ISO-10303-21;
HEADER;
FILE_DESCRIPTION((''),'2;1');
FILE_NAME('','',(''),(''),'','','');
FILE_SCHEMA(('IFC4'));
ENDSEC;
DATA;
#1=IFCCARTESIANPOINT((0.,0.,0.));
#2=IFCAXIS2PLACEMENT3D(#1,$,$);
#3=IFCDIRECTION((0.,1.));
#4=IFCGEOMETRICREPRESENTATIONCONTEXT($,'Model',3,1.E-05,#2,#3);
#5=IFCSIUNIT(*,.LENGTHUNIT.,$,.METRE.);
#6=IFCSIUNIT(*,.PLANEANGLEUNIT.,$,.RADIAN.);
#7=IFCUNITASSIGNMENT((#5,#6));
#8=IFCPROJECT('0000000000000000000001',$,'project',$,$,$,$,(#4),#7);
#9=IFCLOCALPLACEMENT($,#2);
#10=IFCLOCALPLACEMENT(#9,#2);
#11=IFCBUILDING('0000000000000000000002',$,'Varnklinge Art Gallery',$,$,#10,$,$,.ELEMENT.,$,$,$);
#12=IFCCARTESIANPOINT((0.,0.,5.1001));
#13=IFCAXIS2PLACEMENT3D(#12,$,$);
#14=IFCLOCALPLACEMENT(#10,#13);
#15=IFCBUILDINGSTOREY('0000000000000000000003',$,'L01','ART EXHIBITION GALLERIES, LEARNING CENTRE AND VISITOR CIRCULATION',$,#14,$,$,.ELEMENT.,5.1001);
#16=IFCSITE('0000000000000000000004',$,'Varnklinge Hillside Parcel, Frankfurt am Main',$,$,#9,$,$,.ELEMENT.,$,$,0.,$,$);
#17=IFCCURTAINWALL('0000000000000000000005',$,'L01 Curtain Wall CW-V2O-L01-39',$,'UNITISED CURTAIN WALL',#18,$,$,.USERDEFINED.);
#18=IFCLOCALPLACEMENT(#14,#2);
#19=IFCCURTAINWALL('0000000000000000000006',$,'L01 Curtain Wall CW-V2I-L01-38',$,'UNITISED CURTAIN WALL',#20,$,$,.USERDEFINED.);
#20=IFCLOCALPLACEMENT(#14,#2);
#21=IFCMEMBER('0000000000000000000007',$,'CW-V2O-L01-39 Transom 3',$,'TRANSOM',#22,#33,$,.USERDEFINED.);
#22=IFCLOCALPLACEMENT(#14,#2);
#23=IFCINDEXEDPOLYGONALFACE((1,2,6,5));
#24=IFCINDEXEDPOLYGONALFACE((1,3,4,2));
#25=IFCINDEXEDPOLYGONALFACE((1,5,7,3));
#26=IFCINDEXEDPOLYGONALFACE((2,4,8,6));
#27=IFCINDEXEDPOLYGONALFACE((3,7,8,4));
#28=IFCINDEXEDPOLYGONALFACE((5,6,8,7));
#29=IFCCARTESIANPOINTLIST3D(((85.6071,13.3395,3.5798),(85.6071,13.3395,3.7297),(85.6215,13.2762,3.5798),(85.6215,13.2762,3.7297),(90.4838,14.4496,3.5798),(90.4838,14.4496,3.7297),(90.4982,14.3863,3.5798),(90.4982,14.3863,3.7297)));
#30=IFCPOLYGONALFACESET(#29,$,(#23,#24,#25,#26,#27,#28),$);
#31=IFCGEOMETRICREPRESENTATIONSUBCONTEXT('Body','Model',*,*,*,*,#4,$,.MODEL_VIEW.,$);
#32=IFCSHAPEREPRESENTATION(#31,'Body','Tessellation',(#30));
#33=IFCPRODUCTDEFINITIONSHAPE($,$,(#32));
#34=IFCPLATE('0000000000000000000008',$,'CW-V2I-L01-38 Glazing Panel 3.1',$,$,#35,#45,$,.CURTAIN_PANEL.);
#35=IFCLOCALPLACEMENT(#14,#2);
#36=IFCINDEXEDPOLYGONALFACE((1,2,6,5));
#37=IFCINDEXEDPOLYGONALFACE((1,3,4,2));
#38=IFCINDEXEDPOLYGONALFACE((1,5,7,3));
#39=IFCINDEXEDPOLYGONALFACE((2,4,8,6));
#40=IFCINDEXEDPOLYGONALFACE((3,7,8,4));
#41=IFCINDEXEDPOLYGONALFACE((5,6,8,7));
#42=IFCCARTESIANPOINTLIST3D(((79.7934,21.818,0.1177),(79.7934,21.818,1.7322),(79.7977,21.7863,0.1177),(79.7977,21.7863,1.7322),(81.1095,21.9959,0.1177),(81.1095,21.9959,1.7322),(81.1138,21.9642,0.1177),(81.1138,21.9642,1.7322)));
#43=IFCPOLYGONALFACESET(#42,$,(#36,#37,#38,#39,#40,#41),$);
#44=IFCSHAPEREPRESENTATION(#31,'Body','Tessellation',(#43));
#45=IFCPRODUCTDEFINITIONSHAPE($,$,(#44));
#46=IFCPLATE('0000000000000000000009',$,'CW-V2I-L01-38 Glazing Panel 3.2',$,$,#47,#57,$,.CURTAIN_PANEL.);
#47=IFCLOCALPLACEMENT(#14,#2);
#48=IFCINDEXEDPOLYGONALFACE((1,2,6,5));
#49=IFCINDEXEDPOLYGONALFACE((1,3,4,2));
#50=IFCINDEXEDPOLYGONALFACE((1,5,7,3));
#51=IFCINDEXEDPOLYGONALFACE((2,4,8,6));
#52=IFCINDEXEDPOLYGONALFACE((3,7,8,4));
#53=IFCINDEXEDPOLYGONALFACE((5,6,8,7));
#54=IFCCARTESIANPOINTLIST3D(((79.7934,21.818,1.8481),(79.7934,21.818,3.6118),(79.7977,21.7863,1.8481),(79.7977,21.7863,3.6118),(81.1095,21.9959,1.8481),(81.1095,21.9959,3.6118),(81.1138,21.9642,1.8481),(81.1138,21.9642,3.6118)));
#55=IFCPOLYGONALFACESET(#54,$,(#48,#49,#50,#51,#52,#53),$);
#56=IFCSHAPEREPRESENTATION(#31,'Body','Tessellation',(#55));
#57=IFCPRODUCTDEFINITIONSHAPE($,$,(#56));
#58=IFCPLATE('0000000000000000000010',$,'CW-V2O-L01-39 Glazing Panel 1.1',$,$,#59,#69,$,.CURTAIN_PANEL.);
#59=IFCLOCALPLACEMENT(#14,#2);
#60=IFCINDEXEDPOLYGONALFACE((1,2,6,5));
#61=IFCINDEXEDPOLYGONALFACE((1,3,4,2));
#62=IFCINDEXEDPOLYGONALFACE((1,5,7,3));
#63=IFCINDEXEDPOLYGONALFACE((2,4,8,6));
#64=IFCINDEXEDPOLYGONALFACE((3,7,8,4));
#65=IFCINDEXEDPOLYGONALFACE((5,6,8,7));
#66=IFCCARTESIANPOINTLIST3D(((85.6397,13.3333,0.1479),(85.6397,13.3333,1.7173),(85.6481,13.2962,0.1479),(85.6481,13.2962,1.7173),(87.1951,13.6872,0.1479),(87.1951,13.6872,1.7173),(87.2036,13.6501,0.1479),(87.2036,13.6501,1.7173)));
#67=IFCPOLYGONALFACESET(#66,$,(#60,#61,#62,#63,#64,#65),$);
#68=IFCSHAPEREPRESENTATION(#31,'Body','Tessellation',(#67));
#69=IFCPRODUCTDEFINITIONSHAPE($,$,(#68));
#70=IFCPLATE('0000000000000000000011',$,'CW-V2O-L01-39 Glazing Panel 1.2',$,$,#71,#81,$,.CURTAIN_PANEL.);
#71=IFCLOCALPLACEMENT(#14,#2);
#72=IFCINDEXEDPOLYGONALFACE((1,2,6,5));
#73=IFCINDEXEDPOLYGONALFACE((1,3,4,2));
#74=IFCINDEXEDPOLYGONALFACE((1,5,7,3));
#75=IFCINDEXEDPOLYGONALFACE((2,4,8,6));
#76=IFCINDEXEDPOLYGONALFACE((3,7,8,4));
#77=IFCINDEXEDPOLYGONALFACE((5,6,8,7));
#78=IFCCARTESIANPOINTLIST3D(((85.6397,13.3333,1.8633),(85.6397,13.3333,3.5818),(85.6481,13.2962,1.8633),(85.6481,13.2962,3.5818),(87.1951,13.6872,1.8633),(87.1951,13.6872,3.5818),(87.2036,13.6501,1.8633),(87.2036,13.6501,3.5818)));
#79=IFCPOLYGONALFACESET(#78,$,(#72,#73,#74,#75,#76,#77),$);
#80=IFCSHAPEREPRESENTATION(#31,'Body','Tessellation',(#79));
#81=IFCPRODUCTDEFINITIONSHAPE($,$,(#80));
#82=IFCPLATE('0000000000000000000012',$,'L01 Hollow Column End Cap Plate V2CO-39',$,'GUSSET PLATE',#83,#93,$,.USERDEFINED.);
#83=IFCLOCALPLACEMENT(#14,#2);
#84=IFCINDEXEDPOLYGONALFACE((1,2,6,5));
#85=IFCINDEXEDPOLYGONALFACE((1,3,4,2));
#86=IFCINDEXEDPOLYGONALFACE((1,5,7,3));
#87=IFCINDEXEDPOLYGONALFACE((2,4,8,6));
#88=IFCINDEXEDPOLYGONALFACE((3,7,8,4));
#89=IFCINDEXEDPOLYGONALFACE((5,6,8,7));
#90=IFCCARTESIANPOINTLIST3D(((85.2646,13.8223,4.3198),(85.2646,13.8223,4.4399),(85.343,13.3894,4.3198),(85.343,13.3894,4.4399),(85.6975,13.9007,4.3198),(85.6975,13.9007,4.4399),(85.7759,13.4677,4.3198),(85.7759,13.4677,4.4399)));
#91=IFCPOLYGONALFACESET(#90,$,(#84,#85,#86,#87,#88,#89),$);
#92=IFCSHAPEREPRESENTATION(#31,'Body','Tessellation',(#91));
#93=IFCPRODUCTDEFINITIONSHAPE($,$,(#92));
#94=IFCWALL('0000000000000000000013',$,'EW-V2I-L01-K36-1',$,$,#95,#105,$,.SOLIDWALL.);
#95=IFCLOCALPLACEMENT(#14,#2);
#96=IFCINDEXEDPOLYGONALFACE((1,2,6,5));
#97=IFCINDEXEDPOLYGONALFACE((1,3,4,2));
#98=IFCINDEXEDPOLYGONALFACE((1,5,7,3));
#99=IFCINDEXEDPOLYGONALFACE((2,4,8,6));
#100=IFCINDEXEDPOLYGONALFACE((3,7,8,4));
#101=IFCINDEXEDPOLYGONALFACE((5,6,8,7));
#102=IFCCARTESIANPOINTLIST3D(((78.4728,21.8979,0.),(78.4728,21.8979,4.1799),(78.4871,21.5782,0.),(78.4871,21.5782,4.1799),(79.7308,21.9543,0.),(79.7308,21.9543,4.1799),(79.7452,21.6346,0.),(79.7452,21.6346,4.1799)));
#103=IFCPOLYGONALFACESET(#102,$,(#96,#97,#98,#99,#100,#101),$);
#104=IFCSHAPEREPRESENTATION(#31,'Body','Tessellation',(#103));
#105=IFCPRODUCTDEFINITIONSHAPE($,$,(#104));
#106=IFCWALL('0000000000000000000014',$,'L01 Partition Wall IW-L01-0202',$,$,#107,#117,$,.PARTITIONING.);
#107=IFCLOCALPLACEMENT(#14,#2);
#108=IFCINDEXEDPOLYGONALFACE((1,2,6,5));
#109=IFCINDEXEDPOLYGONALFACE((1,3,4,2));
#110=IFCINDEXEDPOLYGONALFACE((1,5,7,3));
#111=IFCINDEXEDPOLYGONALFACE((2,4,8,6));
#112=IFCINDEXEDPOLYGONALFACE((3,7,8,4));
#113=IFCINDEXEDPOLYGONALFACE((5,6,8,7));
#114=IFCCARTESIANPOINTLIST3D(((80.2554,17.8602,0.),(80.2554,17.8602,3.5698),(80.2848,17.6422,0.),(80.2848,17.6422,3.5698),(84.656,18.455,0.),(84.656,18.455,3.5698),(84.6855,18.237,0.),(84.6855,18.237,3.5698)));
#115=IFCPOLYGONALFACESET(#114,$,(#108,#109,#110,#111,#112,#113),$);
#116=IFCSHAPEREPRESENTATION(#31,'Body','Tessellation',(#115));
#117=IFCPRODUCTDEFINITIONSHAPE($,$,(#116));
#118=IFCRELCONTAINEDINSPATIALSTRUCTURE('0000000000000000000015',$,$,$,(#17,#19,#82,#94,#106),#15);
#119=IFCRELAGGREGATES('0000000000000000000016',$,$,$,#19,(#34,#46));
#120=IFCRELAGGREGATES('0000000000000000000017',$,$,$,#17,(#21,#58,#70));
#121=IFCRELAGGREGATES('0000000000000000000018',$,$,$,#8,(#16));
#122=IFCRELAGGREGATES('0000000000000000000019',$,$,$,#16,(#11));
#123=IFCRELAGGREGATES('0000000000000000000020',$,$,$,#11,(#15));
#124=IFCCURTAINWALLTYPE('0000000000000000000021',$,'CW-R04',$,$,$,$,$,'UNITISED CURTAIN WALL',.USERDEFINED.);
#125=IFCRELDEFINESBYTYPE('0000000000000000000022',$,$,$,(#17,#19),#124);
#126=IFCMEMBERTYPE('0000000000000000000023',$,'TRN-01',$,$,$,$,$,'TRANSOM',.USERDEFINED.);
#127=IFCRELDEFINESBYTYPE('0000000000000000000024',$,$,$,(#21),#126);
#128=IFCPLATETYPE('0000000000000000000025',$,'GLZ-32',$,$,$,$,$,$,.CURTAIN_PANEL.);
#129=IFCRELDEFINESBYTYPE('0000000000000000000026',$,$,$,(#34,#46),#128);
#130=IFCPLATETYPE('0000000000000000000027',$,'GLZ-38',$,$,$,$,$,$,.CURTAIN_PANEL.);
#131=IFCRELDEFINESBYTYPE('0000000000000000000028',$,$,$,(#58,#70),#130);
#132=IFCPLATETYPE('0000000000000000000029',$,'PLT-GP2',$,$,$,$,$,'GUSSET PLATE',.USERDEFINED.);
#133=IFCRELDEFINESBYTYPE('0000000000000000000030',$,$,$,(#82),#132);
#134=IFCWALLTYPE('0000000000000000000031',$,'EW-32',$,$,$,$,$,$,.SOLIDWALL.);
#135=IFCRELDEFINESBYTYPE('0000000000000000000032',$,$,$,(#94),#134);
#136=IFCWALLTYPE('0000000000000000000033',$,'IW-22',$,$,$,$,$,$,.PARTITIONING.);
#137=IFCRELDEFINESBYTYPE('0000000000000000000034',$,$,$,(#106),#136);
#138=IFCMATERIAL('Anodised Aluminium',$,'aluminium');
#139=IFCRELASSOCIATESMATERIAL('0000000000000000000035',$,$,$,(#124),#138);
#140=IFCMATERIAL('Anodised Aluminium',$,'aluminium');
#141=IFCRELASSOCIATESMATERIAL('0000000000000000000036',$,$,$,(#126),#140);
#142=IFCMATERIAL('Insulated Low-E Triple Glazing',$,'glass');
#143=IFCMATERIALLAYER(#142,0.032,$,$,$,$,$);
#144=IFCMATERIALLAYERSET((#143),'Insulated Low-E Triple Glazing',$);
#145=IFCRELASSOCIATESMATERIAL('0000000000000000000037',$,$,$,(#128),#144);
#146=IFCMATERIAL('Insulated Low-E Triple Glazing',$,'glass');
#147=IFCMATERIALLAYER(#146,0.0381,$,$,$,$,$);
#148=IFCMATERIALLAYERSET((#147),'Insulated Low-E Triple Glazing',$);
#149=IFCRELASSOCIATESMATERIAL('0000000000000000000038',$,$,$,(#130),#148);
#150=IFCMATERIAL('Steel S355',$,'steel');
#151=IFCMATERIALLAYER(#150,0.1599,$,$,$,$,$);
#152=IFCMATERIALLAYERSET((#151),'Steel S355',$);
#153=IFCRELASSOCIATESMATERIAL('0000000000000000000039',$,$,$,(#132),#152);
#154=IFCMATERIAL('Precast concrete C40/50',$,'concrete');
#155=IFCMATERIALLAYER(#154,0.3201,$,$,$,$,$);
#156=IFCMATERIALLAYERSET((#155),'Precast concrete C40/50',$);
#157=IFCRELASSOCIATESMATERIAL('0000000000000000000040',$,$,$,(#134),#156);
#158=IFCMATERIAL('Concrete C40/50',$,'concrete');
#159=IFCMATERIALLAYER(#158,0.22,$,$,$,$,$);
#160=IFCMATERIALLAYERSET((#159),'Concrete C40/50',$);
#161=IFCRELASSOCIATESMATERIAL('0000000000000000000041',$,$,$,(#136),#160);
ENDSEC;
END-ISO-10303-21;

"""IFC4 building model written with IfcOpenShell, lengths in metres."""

from ifc_helpers import new_model, si_unit, direction, frame, frame_2d, origin, origin_2d, place, context, subcontext, project, spatial, rectangle, extrude, material, layer, layer_set, material_profile, profile_set, type_object, element, aggregate, save


model = new_model("IFC4")

# Units and contexts
model_context = context("Model", 3, precision=1e-05, world=origin(), true_north=direction((0.0, 1.0)))
body_context = subcontext(model_context, "Body", "Model", "MODEL_VIEW")
ifc_project = project(units=[si_unit("LENGTHUNIT", "METRE"), si_unit("PLANEANGLEUNIT", "RADIAN")], contexts=[model_context])

# Site, building, storey
site_placement = place(None, origin())
site = spatial("IfcSite", under=ifc_project, at=site_placement, Name="Varnklinge Hillside Parcel, Frankfurt am Main", CompositionType="ELEMENT", RefElevation=0.0)
building_placement = place(site_placement, origin())
building = spatial("IfcBuilding", under=site, at=building_placement, Name="Varnklinge Art Gallery", CompositionType="ELEMENT")
storey_placement = place(building_placement, frame((0.0, 0.0, 5.1001)))
storey = spatial("IfcBuildingStorey", under=building, at=storey_placement, Name="L01", Description="ART EXHIBITION GALLERIES, LEARNING CENTRE AND VISITOR CIRCULATION", CompositionType="ELEMENT", Elevation=5.1001)

# Curtain walls
ifc_material_1 = material(Name="Anodised Aluminium", Category="aluminium")
curtain_wall_type = type_object("IfcCurtainWallType", Name="CW-R04", ElementType="UNITISED CURTAIN WALL", PredefinedType="USERDEFINED", material=ifc_material_1)
curtain_wall_1_placement = place(storey_placement, origin())
curtain_wall_1 = element("IfcCurtainWall", 1, at=curtain_wall_1_placement, inside=storey, type_object=curtain_wall_type, Name="L01 Curtain Wall CW-V2O-L01-39", ObjectType="UNITISED CURTAIN WALL", PredefinedType="USERDEFINED")
curtain_wall_2_placement = place(storey_placement, origin())
curtain_wall_2 = element("IfcCurtainWall", 2, at=curtain_wall_2_placement, inside=storey, type_object=curtain_wall_type, Name="L01 Curtain Wall CW-V2I-L01-38", ObjectType="UNITISED CURTAIN WALL", PredefinedType="USERDEFINED")

# Member
ifc_material_2 = material(Name="Anodised Aluminium", Category="aluminium")
ifc_material_profile_1 = material_profile(ifc_material_2, rectangle(XDim=0.0649, YDim=0.1499, at=origin_2d()), Name="ALU 65x150")
ifc_profile_set_1 = profile_set([ifc_material_profile_1], Name="Anodised Aluminium")
member_type_1 = type_object("IfcMemberType", Name="TRN-01", ElementType="TRANSOM", PredefinedType="USERDEFINED", material=ifc_profile_set_1)
member_1_placement = place(storey_placement, frame((85.6143, 13.3079, 3.6548), z_axis=(0.975057, 0.221957, 0.0), x_axis=(-0.221957, 0.975057, 0.0)))
member_1 = element("IfcMember", 3, at=member_1_placement, type_object=member_type_1, Name="CW-V2O-L01-39 Transom 3", ObjectType="TRANSOM", PredefinedType="USERDEFINED", context=body_context, shape_type="SweptSolid", body=[
    extrude(rectangle(XDim=0.0649, YDim=0.1499, at=origin_2d()), origin(), (0.0, 0.0, 1.0), 5.0015),
])

# Plates
ifc_material_3 = material(Name="Insulated Low-E Triple Glazing", Category="glass")
ifc_layer_1 = layer(ifc_material_3, 0.032)
ifc_layer_set_1 = layer_set([ifc_layer_1], Name="Insulated Low-E Triple Glazing")
plate_type_1 = type_object("IfcPlateType", Name="GLZ-32", PredefinedType="CURTAIN_PANEL", material=ifc_layer_set_1)
plate_1_placement = place(storey_placement, frame((80.4536, 21.8911, 0.1177), z_axis=(0.0, 0.0, 1.0), x_axis=(-0.990983, -0.133986, 0.0)))
plate_1 = element("IfcPlate", 4, at=plate_1_placement, type_object=plate_type_1, Name="CW-V2I-L01-38 Glazing Panel 3.1", PredefinedType="CURTAIN_PANEL", context=body_context, shape_type="SweptSolid", body=[
    extrude(rectangle(XDim=1.3281, YDim=0.032, at=origin_2d()), origin(), (0.0, 0.0, 1.0), 1.6145),
])
plate_2_placement = place(storey_placement, frame((80.4536, 21.8911, 1.8481), z_axis=(0.0, 0.0, 1.0), x_axis=(-0.990983, -0.133986, 0.0)))
plate_2 = element("IfcPlate", 5, at=plate_2_placement, type_object=plate_type_1, Name="CW-V2I-L01-38 Glazing Panel 3.2", PredefinedType="CURTAIN_PANEL", context=body_context, shape_type="SweptSolid", body=[
    extrude(rectangle(XDim=1.3281, YDim=0.032, at=origin_2d()), origin(), (0.0, 0.0, 1.0), 1.7637),
])
aggregate(curtain_wall_2, [plate_1, plate_2])
ifc_material_4 = material(Name="Insulated Low-E Triple Glazing", Category="glass")
ifc_layer_2 = layer(ifc_material_4, 0.0381)
ifc_layer_set_2 = layer_set([ifc_layer_2], Name="Insulated Low-E Triple Glazing")
plate_type_2 = type_object("IfcPlateType", Name="GLZ-38", PredefinedType="CURTAIN_PANEL", material=ifc_layer_set_2)
plate_3_placement = place(storey_placement, frame((86.4216, 13.4917, 0.1479), z_axis=(0.0, 0.0, 1.0), x_axis=(0.975072, 0.221889, 0.0)))
plate_3 = element("IfcPlate", 6, at=plate_3_placement, type_object=plate_type_2, Name="CW-V2O-L01-39 Glazing Panel 1.1", PredefinedType="CURTAIN_PANEL", context=body_context, shape_type="SweptSolid", body=[
    extrude(rectangle(XDim=1.5952, YDim=0.0381, at=origin_2d()), origin(), (0.0, 0.0, 1.0), 1.5693),
])
plate_4_placement = place(storey_placement, frame((86.4216, 13.4917, 1.8633), z_axis=(0.0, 0.0, 1.0), x_axis=(0.975072, 0.221889, 0.0)))
plate_4 = element("IfcPlate", 7, at=plate_4_placement, type_object=plate_type_2, Name="CW-V2O-L01-39 Glazing Panel 1.2", PredefinedType="CURTAIN_PANEL", context=body_context, shape_type="SweptSolid", body=[
    extrude(rectangle(XDim=1.5952, YDim=0.0381, at=origin_2d()), origin(), (0.0, 0.0, 1.0), 1.7185),
])
aggregate(curtain_wall_1, [member_1, plate_3, plate_4])
ifc_material_5 = material(Name="Steel S355", Category="steel")
ifc_layer_3 = layer(ifc_material_5, 0.1599)
ifc_layer_set_3 = layer_set([ifc_layer_3], Name="Steel S355")
plate_type_3 = type_object("IfcPlateType", Name="PLT-GP2", ElementType="GUSSET PLATE", PredefinedType="USERDEFINED", material=ifc_layer_set_3)
plate_5_placement = place(storey_placement, frame((85.5203, 13.645, 4.3198), z_axis=(0.0, 0.0, 1.0), x_axis=(-0.178115, 0.98401, 0.0)))
element("IfcPlate", 8, at=plate_5_placement, inside=storey, type_object=plate_type_3, Name="L01 Hollow Column End Cap Plate V2CO-39", ObjectType="GUSSET PLATE", PredefinedType="USERDEFINED", context=body_context, shape_type="SweptSolid", body=[
    extrude(rectangle(XDim=0.4399, YDim=0.4399, at=origin_2d()), origin(), (0.0, 0.0, 1.0), 0.1201),
])

# Walls
ifc_material_6 = material(Name="Precast concrete C40/50", Category="concrete")
ifc_layer_4 = layer(ifc_material_6, 0.3201)
ifc_layer_set_4 = layer_set([ifc_layer_4], Name="Precast concrete C40/50")
wall_type_1 = type_object("IfcWallType", Name="EW-32", PredefinedType="SOLIDWALL", material=ifc_layer_set_4)
wall_1_placement = place(storey_placement, frame((78.48, 21.738, 0.0), z_axis=(0.0, 0.0, 1.0), x_axis=(0.998997, 0.044783, 0.0)))
element("IfcWall", 9, at=wall_1_placement, inside=storey, type_object=wall_type_1, Name="EW-V2I-L01-K36-1", PredefinedType="SOLIDWALL", context=body_context, shape_type="SweptSolid", body=[
    extrude(rectangle(XDim=1.2593, YDim=0.3201, at=frame_2d((0.6296, 0.0))), origin(), (0.0, 0.0, 1.0), 4.1799),
])
ifc_material_7 = material(Name="Concrete C40/50", Category="concrete")
ifc_layer_5 = layer(ifc_material_7, 0.22)
ifc_layer_set_5 = layer_set([ifc_layer_5], Name="Concrete C40/50")
wall_type_2 = type_object("IfcWallType", Name="IW-22", PredefinedType="PARTITIONING", material=ifc_layer_set_5)
wall_2_placement = place(storey_placement, frame((84.6707, 18.3459, 0.0), z_axis=(0.0, 0.0, 1.0), x_axis=(-0.990991, -0.133928, 0.0)))
element("IfcWall", 10, at=wall_2_placement, inside=storey, type_object=wall_type_2, Name="L01 Partition Wall IW-L01-0202", PredefinedType="PARTITIONING", context=body_context, shape_type="SweptSolid", body=[
    extrude(rectangle(XDim=4.4407, YDim=0.22, at=frame_2d((2.2202, 0.0))), origin(), (0.0, 0.0, 1.0), 3.5698),
])

save(model, "model.ifc")
